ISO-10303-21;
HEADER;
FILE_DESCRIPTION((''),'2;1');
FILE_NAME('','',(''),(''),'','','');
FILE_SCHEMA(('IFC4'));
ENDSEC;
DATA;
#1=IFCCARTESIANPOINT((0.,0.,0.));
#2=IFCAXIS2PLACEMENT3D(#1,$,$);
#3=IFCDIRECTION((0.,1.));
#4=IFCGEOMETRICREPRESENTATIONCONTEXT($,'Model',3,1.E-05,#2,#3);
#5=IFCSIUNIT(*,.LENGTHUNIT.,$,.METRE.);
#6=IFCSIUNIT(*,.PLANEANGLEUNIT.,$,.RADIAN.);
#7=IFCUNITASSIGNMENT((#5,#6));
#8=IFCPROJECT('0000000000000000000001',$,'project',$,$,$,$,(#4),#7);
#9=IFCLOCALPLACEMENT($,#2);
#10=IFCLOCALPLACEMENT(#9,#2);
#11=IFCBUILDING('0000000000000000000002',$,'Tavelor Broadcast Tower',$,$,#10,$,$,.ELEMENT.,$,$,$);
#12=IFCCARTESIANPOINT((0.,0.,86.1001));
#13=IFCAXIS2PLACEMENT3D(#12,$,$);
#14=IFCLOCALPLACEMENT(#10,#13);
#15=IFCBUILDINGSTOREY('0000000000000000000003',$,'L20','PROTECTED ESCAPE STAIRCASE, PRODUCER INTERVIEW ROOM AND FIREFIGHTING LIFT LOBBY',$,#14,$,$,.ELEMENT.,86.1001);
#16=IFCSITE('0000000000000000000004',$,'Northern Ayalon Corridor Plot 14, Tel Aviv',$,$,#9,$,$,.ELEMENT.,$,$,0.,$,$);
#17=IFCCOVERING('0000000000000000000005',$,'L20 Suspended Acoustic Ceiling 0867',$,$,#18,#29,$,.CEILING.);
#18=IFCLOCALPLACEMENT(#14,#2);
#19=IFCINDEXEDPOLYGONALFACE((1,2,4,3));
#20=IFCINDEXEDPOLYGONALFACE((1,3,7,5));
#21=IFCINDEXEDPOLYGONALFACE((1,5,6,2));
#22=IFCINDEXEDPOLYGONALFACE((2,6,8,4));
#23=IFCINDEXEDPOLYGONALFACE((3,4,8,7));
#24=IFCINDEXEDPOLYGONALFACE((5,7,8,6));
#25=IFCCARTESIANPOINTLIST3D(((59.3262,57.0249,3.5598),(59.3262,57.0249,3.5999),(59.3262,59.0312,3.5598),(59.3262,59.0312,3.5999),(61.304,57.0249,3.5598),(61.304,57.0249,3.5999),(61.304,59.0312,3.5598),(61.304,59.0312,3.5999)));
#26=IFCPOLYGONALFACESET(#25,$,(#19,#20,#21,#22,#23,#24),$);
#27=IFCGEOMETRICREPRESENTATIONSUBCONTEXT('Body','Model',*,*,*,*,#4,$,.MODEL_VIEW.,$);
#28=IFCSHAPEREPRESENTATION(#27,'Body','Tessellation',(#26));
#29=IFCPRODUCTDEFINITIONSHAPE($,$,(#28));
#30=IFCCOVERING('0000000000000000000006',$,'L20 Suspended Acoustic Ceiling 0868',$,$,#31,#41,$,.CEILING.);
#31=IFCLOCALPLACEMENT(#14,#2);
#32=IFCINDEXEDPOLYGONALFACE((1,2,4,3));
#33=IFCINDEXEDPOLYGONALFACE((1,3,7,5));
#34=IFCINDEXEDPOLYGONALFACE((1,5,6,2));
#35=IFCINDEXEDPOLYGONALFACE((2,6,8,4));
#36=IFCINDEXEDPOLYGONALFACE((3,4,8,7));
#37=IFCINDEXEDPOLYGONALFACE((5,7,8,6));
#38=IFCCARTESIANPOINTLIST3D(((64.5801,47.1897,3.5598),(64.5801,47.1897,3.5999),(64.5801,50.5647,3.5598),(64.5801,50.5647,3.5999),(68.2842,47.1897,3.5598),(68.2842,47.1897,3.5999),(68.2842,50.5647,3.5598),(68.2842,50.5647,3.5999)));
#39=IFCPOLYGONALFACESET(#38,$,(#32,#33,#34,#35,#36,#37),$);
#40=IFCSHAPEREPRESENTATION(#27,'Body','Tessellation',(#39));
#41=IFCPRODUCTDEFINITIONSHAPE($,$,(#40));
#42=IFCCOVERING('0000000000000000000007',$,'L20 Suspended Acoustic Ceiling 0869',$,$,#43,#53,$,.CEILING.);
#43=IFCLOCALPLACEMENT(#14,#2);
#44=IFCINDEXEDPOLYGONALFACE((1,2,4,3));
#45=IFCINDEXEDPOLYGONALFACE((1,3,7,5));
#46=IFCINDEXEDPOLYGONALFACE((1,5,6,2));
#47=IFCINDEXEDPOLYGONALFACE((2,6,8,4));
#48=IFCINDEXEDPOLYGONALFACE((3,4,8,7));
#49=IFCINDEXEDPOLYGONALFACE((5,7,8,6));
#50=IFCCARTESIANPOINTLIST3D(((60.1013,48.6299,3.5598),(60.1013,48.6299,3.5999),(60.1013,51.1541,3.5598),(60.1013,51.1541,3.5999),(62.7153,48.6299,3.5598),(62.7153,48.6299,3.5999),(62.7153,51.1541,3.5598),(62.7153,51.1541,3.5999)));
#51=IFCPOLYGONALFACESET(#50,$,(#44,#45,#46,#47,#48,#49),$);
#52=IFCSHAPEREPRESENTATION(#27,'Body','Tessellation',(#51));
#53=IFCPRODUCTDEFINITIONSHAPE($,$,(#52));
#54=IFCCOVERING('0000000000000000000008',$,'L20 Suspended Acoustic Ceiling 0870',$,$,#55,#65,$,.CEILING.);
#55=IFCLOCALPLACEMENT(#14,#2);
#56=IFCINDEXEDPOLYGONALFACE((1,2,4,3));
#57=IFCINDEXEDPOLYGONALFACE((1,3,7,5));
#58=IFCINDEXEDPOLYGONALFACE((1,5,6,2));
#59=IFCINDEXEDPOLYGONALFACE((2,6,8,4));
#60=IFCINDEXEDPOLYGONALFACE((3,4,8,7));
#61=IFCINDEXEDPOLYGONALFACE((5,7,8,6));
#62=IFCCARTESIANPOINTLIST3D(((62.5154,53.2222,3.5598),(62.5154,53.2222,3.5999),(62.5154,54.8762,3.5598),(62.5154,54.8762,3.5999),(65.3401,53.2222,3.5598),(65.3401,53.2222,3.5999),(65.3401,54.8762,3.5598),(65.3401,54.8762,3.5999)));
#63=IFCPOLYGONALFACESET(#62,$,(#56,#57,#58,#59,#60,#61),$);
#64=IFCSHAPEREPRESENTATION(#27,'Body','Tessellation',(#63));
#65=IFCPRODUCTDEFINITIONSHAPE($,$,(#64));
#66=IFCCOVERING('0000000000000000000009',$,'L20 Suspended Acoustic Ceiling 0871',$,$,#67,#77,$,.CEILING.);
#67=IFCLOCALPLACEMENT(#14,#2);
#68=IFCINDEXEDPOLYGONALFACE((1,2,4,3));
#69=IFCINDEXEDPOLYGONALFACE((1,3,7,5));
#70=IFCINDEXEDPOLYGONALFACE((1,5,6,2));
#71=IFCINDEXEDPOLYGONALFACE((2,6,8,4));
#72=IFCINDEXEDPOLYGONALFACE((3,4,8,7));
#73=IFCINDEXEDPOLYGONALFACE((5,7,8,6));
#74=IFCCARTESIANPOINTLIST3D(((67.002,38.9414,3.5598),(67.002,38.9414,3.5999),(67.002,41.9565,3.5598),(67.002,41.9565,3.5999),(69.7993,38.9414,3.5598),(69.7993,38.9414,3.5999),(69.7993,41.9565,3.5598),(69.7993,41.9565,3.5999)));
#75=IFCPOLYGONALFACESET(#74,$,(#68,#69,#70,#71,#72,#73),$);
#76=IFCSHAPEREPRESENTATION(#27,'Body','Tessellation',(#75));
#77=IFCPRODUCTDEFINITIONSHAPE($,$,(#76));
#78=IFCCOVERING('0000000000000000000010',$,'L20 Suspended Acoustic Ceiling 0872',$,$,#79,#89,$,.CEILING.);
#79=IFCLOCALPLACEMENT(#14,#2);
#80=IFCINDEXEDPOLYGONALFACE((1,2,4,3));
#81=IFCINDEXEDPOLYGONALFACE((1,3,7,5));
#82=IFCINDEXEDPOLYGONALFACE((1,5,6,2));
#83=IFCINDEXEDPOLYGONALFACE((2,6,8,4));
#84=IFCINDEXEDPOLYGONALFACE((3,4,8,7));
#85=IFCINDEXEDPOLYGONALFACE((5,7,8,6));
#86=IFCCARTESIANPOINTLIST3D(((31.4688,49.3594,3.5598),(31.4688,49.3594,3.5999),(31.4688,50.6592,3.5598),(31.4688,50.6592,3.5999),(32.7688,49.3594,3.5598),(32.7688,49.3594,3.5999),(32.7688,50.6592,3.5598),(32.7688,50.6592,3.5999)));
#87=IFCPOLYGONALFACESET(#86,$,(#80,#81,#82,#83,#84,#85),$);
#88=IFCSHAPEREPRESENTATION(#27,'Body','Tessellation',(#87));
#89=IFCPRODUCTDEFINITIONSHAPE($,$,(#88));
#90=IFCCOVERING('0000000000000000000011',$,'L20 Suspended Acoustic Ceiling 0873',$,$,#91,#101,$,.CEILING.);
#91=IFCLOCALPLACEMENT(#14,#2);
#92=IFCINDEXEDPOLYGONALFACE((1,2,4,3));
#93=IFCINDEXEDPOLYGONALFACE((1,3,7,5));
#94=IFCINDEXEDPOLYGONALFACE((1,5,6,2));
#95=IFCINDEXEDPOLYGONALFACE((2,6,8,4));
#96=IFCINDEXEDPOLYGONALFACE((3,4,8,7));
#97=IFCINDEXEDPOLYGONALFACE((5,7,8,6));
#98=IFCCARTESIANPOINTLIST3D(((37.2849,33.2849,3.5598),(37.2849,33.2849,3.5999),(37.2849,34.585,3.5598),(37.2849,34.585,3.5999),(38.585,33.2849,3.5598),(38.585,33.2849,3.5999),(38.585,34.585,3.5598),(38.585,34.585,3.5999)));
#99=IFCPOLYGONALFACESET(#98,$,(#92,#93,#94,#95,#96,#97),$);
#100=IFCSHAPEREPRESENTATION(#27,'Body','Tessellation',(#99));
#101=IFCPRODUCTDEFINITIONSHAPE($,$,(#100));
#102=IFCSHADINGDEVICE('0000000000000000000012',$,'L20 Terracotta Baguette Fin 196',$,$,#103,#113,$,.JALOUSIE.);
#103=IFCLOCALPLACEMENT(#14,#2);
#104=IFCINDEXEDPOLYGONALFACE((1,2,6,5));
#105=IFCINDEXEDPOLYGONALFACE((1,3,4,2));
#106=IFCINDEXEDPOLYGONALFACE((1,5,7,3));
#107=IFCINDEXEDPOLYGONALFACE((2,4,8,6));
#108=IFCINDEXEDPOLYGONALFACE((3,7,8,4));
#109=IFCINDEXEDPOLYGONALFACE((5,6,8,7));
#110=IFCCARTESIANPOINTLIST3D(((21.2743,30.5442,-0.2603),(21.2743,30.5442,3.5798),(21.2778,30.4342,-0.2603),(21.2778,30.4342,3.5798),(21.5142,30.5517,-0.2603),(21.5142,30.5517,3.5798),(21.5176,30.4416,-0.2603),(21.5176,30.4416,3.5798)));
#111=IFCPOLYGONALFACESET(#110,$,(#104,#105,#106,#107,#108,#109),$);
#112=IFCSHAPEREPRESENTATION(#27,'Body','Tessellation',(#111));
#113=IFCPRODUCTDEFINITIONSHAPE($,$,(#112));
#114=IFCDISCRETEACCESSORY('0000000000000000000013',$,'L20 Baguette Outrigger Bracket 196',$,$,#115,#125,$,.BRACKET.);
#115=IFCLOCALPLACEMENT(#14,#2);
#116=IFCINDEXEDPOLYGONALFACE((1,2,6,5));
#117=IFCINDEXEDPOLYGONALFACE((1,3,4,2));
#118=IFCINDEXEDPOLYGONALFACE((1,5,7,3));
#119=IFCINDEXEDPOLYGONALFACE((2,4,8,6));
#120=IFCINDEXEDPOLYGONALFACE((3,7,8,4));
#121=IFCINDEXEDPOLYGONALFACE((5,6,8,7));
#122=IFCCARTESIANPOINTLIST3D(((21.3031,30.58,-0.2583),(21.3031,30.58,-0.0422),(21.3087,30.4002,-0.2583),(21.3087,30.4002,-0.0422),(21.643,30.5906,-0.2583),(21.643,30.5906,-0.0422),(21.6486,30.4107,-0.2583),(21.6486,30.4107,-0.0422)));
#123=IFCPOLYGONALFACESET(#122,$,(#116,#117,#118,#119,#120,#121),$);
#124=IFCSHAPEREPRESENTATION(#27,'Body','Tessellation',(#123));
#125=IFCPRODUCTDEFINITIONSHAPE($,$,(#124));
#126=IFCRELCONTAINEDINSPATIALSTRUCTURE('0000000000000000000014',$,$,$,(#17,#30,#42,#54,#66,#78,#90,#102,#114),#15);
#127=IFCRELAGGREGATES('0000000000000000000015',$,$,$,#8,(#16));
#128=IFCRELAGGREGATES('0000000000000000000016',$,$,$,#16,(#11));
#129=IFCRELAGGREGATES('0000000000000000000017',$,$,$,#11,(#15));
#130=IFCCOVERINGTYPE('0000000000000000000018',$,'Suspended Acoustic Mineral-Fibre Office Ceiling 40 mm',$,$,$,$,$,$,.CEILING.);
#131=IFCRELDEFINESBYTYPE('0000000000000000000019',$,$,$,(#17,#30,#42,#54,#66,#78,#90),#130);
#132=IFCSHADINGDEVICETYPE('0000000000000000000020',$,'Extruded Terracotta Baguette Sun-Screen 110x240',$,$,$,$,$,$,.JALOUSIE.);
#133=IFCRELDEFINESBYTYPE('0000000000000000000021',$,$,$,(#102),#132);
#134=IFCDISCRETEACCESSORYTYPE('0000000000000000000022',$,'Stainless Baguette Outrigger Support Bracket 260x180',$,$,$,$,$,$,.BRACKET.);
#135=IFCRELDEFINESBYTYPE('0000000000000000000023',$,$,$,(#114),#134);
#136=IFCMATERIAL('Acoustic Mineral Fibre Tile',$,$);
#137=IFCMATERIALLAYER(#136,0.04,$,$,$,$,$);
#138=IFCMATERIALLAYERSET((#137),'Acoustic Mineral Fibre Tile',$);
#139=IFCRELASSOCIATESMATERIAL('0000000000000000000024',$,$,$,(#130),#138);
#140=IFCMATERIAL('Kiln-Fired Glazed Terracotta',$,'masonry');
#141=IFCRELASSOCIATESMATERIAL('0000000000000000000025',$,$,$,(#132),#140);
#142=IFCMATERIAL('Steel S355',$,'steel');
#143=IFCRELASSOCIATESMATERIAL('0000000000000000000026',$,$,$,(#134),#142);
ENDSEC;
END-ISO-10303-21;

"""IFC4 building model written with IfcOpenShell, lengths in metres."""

from ifc_helpers import new_model, si_unit, direction, frame, origin, origin_2d, place, context, subcontext, project, spatial, polyline, rectangle, outline, extrude, source, transform, mapped, material, layer, layer_set, type_object, type_shapes, element, save


model = new_model("IFC4")

# Units and contexts
model_context = context("Model", 3, precision=1e-05, world=origin(), true_north=direction((0.0, 1.0)))
body_context = subcontext(model_context, "Body", "Model", "MODEL_VIEW")
ifc_project = project(units=[si_unit("LENGTHUNIT", "METRE"), si_unit("PLANEANGLEUNIT", "RADIAN")], contexts=[model_context])

# Site, building, storey
site_placement = place(None, origin())
site = spatial("IfcSite", under=ifc_project, at=site_placement, Name="Northern Ayalon Corridor Plot 14, Tel Aviv", CompositionType="ELEMENT", RefElevation=0.0)
building_placement = place(site_placement, origin())
building = spatial("IfcBuilding", under=site, at=building_placement, Name="Tavelor Broadcast Tower", CompositionType="ELEMENT")
storey_placement = place(building_placement, frame((0.0, 0.0, 86.1001)))
storey = spatial("IfcBuildingStorey", under=building, at=storey_placement, Name="L20", Description="PROTECTED ESCAPE STAIRCASE, PRODUCER INTERVIEW ROOM AND FIREFIGHTING LIFT LOBBY", CompositionType="ELEMENT", Elevation=86.1001)

# Coverings
ifc_material_1 = material(Name="Acoustic Mineral Fibre Tile")
ifc_layer_1 = layer(ifc_material_1, 0.04)
ifc_layer_set_1 = layer_set([ifc_layer_1], Name="Acoustic Mineral Fibre Tile")
covering_type_1 = type_object("IfcCoveringType", Name="Suspended Acoustic Mineral-Fibre Office Ceiling 40 mm", PredefinedType="CEILING", material=ifc_layer_set_1)
covering_1_placement = place(storey_placement, frame((0.0, 0.0, 3.5598)))
element("IfcCovering", 1, at=covering_1_placement, inside=storey, type_object=covering_type_1, Name="L20 Suspended Acoustic Ceiling 0867", PredefinedType="CEILING", context=body_context, shape_type="SweptSolid", body=[
    extrude(outline(polyline([(59.3262, 57.0249), (61.304, 57.0249), (61.304, 59.0312), (59.3262, 59.0312), (59.3262, 57.0249)])), origin(), (0.0, 0.0, 1.0), 0.04),
])
covering_2_placement = place(storey_placement, frame((0.0, 0.0, 3.5598)))
element("IfcCovering", 2, at=covering_2_placement, inside=storey, type_object=covering_type_1, Name="L20 Suspended Acoustic Ceiling 0868", PredefinedType="CEILING", context=body_context, shape_type="SweptSolid", body=[
    extrude(outline(polyline([(64.5801, 47.1897), (68.2842, 47.1897), (68.2842, 50.5647), (64.5801, 50.5647), (64.5801, 47.1897)])), origin(), (0.0, 0.0, 1.0), 0.04),
])
covering_3_placement = place(storey_placement, frame((0.0, 0.0, 3.5598)))
element("IfcCovering", 3, at=covering_3_placement, inside=storey, type_object=covering_type_1, Name="L20 Suspended Acoustic Ceiling 0869", PredefinedType="CEILING", context=body_context, shape_type="SweptSolid", body=[
    extrude(outline(polyline([(60.1013, 48.6299), (62.7153, 48.6299), (62.7153, 51.1541), (60.1013, 51.1541), (60.1013, 48.6299)])), origin(), (0.0, 0.0, 1.0), 0.04),
])
covering_4_placement = place(storey_placement, frame((0.0, 0.0, 3.5598)))
element("IfcCovering", 4, at=covering_4_placement, inside=storey, type_object=covering_type_1, Name="L20 Suspended Acoustic Ceiling 0870", PredefinedType="CEILING", context=body_context, shape_type="SweptSolid", body=[
    extrude(outline(polyline([(62.5154, 53.2222), (65.3401, 53.2222), (65.3401, 54.8762), (62.5154, 54.8762), (62.5154, 53.2222)])), origin(), (0.0, 0.0, 1.0), 0.04),
])
covering_5_placement = place(storey_placement, frame((0.0, 0.0, 3.5598)))
element("IfcCovering", 5, at=covering_5_placement, inside=storey, type_object=covering_type_1, Name="L20 Suspended Acoustic Ceiling 0871", PredefinedType="CEILING", context=body_context, shape_type="SweptSolid", body=[
    extrude(outline(polyline([(67.002, 38.9414), (69.7993, 38.9414), (69.7993, 41.9565), (67.002, 41.9565), (67.002, 38.9414)])), origin(), (0.0, 0.0, 1.0), 0.04),
])
covering_6_placement = place(storey_placement, frame((0.0, 0.0, 3.5598)))
element("IfcCovering", 6, at=covering_6_placement, inside=storey, type_object=covering_type_1, Name="L20 Suspended Acoustic Ceiling 0872", PredefinedType="CEILING", context=body_context, shape_type="SweptSolid", body=[
    extrude(outline(polyline([(31.4688, 49.3594), (32.7688, 49.3594), (32.7688, 50.6592), (31.4688, 50.6592), (31.4688, 49.3594)])), origin(), (0.0, 0.0, 1.0), 0.04),
])
covering_7_placement = place(storey_placement, frame((0.0, 0.0, 3.5598)))
element("IfcCovering", 7, at=covering_7_placement, inside=storey, type_object=covering_type_1, Name="L20 Suspended Acoustic Ceiling 0873", PredefinedType="CEILING", context=body_context, shape_type="SweptSolid", body=[
    extrude(outline(polyline([(37.2849, 33.2849), (38.585, 33.2849), (38.585, 34.585), (37.2849, 34.585), (37.2849, 33.2849)])), origin(), (0.0, 0.0, 1.0), 0.04),
])

# Shading device
ifc_material_2 = material(Name="Kiln-Fired Glazed Terracotta", Category="masonry")
shading_device_type = type_object("IfcShadingDeviceType", Name="Extruded Terracotta Baguette Sun-Screen 110x240", PredefinedType="JALOUSIE", material=ifc_material_2)
shared_shape_1 = source(origin(), body_context, "Body", "SweptSolid", [
    extrude(rectangle(XDim=0.1101, YDim=0.24, at=origin_2d()), origin(), (0.0, 0.0, 1.0), 3.8401),
])
type_shapes(shading_device_type, [shared_shape_1])
shading_device_placement = place(storey_placement, frame((21.396, 30.4929, -0.2603), z_axis=(0.0, 0.0, 1.0), x_axis=(0.031062, -0.999517, 0.0)))
element("IfcShadingDevice", 8, at=shading_device_placement, inside=storey, type_object=shading_device_type, Name="L20 Terracotta Baguette Fin 196", PredefinedType="JALOUSIE", context=body_context, shape_type="MappedRepresentation", body=[
    mapped(shared_shape_1, transform((0.0, 0.0, 0.0), scale=1.0)),
])

# Discrete accessory
ifc_material_3 = material(Name="Steel S355", Category="steel")
discrete_accessory_type = type_object("IfcDiscreteAccessoryType", Name="Stainless Baguette Outrigger Support Bracket 260x180", PredefinedType="BRACKET", material=ifc_material_3)
shared_shape_2 = source(origin(), body_context, "Body", "SweptSolid", [
    extrude(rectangle(XDim=0.1799, YDim=0.3401, at=origin_2d()), origin(), (0.0, 0.0, 1.0), 0.2161),
])
type_shapes(discrete_accessory_type, [shared_shape_2])
discrete_accessory_placement = place(storey_placement, frame((21.4758, 30.4954, -0.2583), z_axis=(0.0, 0.0, 1.0), x_axis=(0.031062, -0.999517, 0.0)))
element("IfcDiscreteAccessory", 9, at=discrete_accessory_placement, inside=storey, type_object=discrete_accessory_type, Name="L20 Baguette Outrigger Bracket 196", PredefinedType="BRACKET", context=body_context, shape_type="MappedRepresentation", body=[
    mapped(shared_shape_2, transform((0.0, 0.0, 0.0), scale=1.0)),
])

save(model, "model.ifc")
